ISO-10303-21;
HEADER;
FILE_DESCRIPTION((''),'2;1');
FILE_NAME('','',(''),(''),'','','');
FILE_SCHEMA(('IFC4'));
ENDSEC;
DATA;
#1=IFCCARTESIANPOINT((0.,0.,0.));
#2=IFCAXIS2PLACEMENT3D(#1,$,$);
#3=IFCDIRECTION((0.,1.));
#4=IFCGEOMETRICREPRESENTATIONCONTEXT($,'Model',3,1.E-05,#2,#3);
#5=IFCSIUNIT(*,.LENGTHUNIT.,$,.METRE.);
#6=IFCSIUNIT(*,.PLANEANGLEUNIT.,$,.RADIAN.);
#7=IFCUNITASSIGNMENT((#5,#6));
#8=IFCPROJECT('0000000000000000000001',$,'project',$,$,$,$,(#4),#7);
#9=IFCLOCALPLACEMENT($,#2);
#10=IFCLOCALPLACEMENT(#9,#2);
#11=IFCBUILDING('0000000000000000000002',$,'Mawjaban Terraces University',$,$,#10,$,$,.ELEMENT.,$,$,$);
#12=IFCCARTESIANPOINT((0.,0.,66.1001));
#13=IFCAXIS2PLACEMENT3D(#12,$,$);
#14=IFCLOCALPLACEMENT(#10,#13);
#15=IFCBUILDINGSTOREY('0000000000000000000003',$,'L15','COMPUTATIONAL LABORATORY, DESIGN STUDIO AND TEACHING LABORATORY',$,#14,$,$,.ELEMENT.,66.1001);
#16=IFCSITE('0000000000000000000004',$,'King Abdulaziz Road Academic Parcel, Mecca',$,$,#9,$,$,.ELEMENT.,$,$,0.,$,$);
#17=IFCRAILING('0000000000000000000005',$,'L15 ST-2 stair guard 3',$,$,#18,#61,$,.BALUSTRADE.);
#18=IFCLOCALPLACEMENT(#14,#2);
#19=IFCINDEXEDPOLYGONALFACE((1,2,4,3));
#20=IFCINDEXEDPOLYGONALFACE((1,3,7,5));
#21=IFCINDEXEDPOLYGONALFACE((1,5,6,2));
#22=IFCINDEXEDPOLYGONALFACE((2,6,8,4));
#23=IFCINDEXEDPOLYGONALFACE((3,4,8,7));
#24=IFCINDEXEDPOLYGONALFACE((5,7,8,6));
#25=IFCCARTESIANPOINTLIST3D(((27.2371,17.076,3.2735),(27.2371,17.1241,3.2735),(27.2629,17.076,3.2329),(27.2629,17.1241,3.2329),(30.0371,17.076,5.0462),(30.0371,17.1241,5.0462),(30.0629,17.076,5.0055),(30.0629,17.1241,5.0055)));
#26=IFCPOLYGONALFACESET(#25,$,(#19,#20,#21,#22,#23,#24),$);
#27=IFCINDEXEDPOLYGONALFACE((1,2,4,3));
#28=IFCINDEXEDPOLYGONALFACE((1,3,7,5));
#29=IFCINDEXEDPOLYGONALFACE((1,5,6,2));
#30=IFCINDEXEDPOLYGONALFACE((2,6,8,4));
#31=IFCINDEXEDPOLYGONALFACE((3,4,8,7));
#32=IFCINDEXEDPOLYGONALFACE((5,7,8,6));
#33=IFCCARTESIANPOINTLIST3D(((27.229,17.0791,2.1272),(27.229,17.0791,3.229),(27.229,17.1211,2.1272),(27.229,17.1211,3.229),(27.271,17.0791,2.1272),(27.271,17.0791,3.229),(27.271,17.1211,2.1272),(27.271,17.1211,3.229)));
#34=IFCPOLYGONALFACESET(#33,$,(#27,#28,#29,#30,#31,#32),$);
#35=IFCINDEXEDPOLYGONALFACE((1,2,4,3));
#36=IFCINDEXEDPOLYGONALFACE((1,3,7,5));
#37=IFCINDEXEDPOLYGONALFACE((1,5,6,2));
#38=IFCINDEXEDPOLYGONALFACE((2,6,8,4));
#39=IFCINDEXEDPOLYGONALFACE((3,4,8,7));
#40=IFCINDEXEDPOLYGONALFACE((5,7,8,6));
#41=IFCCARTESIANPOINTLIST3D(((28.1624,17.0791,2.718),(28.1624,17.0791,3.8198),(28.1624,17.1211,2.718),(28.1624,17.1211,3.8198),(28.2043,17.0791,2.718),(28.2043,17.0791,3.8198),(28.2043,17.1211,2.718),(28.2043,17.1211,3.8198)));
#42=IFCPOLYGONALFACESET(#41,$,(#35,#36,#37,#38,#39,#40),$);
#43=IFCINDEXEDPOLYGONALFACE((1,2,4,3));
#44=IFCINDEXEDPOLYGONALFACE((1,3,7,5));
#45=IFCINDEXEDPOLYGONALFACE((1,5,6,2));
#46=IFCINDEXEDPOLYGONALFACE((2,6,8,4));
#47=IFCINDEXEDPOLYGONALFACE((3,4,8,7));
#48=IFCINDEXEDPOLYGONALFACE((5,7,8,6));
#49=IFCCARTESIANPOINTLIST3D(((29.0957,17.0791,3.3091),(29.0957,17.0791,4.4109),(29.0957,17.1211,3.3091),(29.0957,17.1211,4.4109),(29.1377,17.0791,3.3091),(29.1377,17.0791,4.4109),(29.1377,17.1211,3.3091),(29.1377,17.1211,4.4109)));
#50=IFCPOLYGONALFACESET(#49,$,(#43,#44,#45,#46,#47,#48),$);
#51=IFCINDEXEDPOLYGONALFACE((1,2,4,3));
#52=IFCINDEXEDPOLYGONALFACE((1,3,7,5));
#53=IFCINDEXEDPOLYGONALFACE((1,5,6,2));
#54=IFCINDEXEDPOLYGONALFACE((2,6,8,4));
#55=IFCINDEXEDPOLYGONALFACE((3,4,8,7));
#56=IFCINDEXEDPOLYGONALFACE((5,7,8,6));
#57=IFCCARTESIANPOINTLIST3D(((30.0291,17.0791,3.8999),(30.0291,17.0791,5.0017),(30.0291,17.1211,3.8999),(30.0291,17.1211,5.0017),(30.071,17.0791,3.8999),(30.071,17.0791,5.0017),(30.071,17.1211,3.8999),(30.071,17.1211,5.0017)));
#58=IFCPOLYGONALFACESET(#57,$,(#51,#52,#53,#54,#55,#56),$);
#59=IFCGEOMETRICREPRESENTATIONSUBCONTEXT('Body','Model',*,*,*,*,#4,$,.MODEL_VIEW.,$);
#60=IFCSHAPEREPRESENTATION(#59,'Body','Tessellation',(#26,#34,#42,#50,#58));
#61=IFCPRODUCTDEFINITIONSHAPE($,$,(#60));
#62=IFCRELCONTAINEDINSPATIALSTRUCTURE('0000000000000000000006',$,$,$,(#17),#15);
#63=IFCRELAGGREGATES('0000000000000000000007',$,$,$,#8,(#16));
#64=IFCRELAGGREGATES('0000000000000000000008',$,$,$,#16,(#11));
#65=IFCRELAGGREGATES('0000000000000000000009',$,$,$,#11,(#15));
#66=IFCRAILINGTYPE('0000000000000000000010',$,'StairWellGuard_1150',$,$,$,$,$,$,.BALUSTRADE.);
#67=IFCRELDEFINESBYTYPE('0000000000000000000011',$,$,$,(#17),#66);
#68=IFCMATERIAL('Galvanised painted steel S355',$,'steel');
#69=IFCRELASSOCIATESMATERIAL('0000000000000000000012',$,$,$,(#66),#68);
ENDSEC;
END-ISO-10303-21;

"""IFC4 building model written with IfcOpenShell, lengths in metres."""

from ifc_helpers import new_model, si_unit, direction, frame, origin, origin_2d, place, context, subcontext, project, spatial, rectangle, extrude, material, type_object, element, save


model = new_model("IFC4")

# Units and contexts
model_context = context("Model", 3, precision=1e-05, world=origin(), true_north=direction((0.0, 1.0)))
body_context = subcontext(model_context, "Body", "Model", "MODEL_VIEW")
ifc_project = project(units=[si_unit("LENGTHUNIT", "METRE"), si_unit("PLANEANGLEUNIT", "RADIAN")], contexts=[model_context])

# Site, building, storey
site_placement = place(None, origin())
site = spatial("IfcSite", under=ifc_project, at=site_placement, Name="King Abdulaziz Road Academic Parcel, Mecca", CompositionType="ELEMENT", RefElevation=0.0)
building_placement = place(site_placement, origin())
building = spatial("IfcBuilding", under=site, at=building_placement, Name="Mawjaban Terraces University", CompositionType="ELEMENT")
storey_placement = place(building_placement, frame((0.0, 0.0, 66.1001)))
storey = spatial("IfcBuildingStorey", under=building, at=storey_placement, Name="L15", Description="COMPUTATIONAL LABORATORY, DESIGN STUDIO AND TEACHING LABORATORY", CompositionType="ELEMENT", Elevation=66.1001)

# Railing
ifc_material_1 = material(Name="Galvanised painted steel S355", Category="steel")
railing_type_1 = type_object("IfcRailingType", Name="StairWellGuard_1150", PredefinedType="BALUSTRADE", material=ifc_material_1)
railing_1_placement = place(storey_placement, frame((27.25, 17.1001, 2.1272)))
element("IfcRailing", 1, at=railing_1_placement, inside=storey, type_object=railing_type_1, Name="L15 ST-2 stair guard 3", PredefinedType="BALUSTRADE", context=body_context, shape_type="SweptSolid", body=[
    extrude(rectangle(XDim=0.0481, YDim=0.0481, at=origin_2d()), frame((0.0, 0.0, 1.126), z_axis=(0.844909, 0.0, 0.53491), x_axis=(0.0, 1.0, 0.0)), (0.0, 0.0, 1.0), 3.314),
    extrude(rectangle(XDim=0.042, YDim=0.042, at=origin_2d()), origin(), (0.0, 0.0, 1.0), 1.1018),
    extrude(rectangle(XDim=0.042, YDim=0.042, at=origin_2d()), frame((0.9333, 0.0, 0.5908)), (0.0, 0.0, 1.0), 1.1018),
    extrude(rectangle(XDim=0.042, YDim=0.042, at=origin_2d()), frame((1.8667, 0.0, 1.1819)), (0.0, 0.0, 1.0), 1.1018),
    extrude(rectangle(XDim=0.042, YDim=0.042, at=origin_2d()), frame((2.8, 0.0, 1.7727)), (0.0, 0.0, 1.0), 1.1018),
])

save(model, "model.ifc")
